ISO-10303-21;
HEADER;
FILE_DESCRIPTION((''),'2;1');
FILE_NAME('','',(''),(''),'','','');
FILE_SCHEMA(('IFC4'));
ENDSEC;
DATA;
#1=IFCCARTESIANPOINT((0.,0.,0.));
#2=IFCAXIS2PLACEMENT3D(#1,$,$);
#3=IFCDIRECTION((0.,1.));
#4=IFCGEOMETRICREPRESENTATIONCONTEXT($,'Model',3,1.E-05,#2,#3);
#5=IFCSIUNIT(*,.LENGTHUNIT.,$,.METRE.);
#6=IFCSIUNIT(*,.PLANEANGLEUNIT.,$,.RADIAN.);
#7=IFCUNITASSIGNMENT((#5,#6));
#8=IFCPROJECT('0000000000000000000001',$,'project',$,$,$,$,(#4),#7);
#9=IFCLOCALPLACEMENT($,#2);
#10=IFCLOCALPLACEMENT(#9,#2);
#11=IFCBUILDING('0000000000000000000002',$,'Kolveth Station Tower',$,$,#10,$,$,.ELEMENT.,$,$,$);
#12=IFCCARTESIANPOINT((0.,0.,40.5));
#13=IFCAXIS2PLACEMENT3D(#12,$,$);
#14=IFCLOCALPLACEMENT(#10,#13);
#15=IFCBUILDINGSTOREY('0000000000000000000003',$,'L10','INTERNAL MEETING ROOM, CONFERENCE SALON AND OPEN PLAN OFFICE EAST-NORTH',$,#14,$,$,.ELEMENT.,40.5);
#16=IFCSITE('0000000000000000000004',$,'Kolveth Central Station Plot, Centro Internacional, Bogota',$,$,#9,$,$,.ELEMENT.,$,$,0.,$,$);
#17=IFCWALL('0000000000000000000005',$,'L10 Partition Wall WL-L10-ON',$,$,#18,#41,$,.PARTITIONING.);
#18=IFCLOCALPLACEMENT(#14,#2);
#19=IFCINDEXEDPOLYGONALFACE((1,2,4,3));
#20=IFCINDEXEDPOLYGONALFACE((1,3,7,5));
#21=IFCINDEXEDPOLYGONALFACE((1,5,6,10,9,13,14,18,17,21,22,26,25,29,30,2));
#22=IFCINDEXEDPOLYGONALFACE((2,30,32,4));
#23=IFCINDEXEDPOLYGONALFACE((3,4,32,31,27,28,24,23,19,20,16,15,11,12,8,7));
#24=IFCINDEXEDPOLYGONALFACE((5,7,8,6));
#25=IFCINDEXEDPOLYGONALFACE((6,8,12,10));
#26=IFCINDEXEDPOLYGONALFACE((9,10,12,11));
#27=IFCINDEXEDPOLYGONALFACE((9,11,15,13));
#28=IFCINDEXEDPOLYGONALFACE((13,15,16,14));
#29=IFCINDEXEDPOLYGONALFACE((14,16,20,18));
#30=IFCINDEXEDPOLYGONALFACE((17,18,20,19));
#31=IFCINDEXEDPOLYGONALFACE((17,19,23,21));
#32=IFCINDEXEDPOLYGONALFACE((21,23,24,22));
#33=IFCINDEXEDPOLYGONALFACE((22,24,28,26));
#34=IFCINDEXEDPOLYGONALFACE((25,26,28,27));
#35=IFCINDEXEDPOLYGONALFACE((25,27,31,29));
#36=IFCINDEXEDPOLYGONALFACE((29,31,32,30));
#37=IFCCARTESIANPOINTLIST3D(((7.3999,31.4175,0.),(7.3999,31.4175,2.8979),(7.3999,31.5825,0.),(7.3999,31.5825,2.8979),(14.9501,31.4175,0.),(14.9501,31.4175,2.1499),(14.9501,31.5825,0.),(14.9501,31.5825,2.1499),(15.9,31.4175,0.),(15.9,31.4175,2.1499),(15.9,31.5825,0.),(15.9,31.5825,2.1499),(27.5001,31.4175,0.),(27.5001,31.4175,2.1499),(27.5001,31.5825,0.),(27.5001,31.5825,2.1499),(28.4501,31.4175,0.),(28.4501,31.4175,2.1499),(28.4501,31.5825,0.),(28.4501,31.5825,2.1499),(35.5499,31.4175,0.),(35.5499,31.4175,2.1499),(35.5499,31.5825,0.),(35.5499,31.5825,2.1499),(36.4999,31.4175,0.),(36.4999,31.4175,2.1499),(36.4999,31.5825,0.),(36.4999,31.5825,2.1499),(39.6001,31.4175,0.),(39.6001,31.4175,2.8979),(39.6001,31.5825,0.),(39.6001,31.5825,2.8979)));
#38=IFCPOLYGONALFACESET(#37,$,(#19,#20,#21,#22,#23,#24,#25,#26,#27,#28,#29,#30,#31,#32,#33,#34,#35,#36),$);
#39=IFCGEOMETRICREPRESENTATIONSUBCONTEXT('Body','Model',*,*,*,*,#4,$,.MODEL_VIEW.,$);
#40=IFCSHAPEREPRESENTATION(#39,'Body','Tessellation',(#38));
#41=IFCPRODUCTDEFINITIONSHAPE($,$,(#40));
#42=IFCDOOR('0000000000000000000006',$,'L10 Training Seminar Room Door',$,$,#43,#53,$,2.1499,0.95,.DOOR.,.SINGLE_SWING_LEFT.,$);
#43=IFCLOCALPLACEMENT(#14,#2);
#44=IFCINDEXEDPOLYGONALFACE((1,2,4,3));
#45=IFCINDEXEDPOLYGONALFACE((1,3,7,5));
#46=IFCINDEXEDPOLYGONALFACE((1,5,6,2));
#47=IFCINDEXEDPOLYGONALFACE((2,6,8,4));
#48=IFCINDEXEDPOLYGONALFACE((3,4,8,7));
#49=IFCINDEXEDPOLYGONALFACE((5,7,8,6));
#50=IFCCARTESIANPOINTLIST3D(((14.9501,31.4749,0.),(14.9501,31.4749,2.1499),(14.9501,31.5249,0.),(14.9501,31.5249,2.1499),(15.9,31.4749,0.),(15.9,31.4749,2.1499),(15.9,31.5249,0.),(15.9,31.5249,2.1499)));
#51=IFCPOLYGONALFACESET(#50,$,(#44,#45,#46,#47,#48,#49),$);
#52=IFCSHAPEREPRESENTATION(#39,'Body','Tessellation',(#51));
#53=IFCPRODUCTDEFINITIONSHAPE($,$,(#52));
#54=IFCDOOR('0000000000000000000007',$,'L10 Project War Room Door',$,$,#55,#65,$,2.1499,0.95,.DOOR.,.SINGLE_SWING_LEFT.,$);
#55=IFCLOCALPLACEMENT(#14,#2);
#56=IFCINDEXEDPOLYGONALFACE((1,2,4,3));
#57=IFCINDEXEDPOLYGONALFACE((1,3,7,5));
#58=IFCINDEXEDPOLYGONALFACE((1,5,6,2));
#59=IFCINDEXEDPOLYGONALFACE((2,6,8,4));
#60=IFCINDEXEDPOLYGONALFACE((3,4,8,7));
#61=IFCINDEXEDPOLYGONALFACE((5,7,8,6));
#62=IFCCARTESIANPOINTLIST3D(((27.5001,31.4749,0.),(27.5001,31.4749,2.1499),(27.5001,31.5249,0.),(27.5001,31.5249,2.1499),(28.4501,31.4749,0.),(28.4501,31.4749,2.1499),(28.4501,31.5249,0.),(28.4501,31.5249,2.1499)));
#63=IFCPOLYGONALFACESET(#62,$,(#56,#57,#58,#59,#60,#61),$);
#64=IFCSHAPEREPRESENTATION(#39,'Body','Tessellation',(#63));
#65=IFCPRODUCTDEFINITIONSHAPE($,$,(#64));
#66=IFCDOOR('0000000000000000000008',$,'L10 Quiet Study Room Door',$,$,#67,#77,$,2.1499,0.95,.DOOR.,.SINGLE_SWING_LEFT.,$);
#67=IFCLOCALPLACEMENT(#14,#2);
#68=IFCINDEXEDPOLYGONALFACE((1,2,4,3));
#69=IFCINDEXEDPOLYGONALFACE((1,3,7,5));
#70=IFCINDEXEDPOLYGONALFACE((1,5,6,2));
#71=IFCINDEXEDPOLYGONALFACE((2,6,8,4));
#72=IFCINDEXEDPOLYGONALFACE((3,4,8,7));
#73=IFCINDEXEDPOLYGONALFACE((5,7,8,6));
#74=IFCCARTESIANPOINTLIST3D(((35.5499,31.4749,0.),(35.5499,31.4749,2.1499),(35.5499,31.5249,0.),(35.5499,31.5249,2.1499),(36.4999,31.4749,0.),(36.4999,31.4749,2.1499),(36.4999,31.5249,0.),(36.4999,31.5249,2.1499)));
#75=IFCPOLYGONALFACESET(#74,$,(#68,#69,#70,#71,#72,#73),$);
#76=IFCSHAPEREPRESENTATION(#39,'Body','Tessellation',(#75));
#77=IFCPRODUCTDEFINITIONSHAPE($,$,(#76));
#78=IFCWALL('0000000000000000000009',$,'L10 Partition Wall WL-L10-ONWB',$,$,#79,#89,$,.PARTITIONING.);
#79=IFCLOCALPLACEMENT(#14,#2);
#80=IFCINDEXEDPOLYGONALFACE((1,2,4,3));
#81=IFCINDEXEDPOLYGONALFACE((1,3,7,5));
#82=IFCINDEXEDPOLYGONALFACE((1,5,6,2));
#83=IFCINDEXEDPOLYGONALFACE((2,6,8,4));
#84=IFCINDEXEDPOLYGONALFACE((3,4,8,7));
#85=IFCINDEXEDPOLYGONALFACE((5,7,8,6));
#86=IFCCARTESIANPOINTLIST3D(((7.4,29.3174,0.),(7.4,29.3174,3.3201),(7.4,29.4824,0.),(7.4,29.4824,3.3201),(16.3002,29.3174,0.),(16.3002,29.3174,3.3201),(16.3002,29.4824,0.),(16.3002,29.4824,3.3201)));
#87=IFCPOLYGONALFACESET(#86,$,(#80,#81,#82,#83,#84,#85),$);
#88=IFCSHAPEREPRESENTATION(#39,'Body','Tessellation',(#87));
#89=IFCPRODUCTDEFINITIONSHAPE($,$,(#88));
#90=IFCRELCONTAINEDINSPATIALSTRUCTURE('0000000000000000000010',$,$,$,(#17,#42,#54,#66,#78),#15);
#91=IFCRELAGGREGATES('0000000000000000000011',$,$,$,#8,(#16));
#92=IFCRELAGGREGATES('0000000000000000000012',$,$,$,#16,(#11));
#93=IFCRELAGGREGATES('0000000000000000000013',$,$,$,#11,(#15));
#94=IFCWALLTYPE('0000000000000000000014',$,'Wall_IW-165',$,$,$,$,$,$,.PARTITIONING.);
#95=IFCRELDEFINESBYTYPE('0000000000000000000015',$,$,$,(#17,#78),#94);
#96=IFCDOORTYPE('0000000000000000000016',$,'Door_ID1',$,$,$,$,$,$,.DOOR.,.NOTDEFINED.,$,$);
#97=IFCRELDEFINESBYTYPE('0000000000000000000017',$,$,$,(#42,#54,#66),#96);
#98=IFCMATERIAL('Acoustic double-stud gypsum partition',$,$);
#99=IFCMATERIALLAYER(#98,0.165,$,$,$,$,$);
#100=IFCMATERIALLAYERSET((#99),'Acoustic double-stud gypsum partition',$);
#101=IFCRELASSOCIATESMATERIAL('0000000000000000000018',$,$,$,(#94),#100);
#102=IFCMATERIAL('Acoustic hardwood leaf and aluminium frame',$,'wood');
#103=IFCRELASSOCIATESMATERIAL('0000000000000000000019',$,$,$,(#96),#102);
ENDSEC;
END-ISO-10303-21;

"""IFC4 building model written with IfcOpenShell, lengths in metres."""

from ifc_helpers import new_model, si_unit, direction, frame, frame_2d, origin, place, context, subcontext, project, spatial, rectangle, extrude, material, layer, layer_set, type_object, element, fill, save


model = new_model("IFC4")

# Units and contexts
model_context = context("Model", 3, precision=1e-05, world=origin(), true_north=direction((0.0, 1.0)))
body_context = subcontext(model_context, "Body", "Model", "MODEL_VIEW")
ifc_project = project(units=[si_unit("LENGTHUNIT", "METRE"), si_unit("PLANEANGLEUNIT", "RADIAN")], contexts=[model_context])

# Site, building, storey
site_placement = place(None, origin())
site = spatial("IfcSite", under=ifc_project, at=site_placement, Name="Kolveth Central Station Plot, Centro Internacional, Bogota", CompositionType="ELEMENT", RefElevation=0.0)
building_placement = place(site_placement, origin())
building = spatial("IfcBuilding", under=site, at=building_placement, Name="Kolveth Station Tower", CompositionType="ELEMENT")
storey_placement = place(building_placement, frame((0.0, 0.0, 40.5)))
storey = spatial("IfcBuildingStorey", under=building, at=storey_placement, Name="L10", Description="INTERNAL MEETING ROOM, CONFERENCE SALON AND OPEN PLAN OFFICE EAST-NORTH", CompositionType="ELEMENT", Elevation=40.5)

# Wall, openings, doors
ifc_material_1 = material(Name="Acoustic double-stud gypsum partition")
ifc_layer_1 = layer(ifc_material_1, 0.165)
ifc_layer_set_1 = layer_set([ifc_layer_1], Name="Acoustic double-stud gypsum partition")
wall_type = type_object("IfcWallType", Name="Wall_IW-165", PredefinedType="PARTITIONING", material=ifc_layer_set_1)
wall_1_placement = place(storey_placement, frame((7.3999, 31.5, 0.0), z_axis=(0.0, 0.0, 1.0), x_axis=(1.0, 0.0, 0.0)))
wall_1 = element("IfcWall", 1, at=wall_1_placement, inside=storey, type_object=wall_type, Name="L10 Partition Wall WL-L10-ON", PredefinedType="PARTITIONING", context=body_context, shape_type="SweptSolid", body=[
    extrude(rectangle(XDim=32.2002, YDim=0.165, at=frame_2d((16.1001, 0.0))), origin(), (0.0, 0.0, 1.0), 2.8979),
])
opening_1_placement = place(wall_1_placement, frame((7.55, 0.0, 0.0)))
opening_1 = element("IfcOpeningElement", 2, at=opening_1_placement, cuts=wall_1, PredefinedType="OPENING", context=body_context, shape_type="SweptSolid", body=[
    extrude(rectangle(XDim=0.95, YDim=2.1499, at=frame_2d((0.4751, 1.075))), frame((0.0, 0.0925, 0.0), z_axis=(0.0, -1.0, 0.0), x_axis=(1.0, 0.0, 0.0)), (0.0, 0.0, 1.0), 0.1851),
])
opening_2_placement = place(wall_1_placement, frame((20.1001, 0.0, 0.0)))
opening_2 = element("IfcOpeningElement", 3, at=opening_2_placement, cuts=wall_1, PredefinedType="OPENING", context=body_context, shape_type="SweptSolid", body=[
    extrude(rectangle(XDim=0.95, YDim=2.1499, at=frame_2d((0.4751, 1.075))), frame((0.0, 0.0925, 0.0), z_axis=(0.0, -1.0, 0.0), x_axis=(1.0, 0.0, 0.0)), (0.0, 0.0, 1.0), 0.1851),
])
opening_3_placement = place(wall_1_placement, frame((28.1499, 0.0, 0.0)))
opening_3 = element("IfcOpeningElement", 4, at=opening_3_placement, cuts=wall_1, PredefinedType="OPENING", context=body_context, shape_type="SweptSolid", body=[
    extrude(rectangle(XDim=0.95, YDim=2.1499, at=frame_2d((0.4751, 1.075))), frame((0.0, 0.0925, 0.0), z_axis=(0.0, -1.0, 0.0), x_axis=(1.0, 0.0, 0.0)), (0.0, 0.0, 1.0), 0.1851),
])
ifc_material_2 = material(Name="Acoustic hardwood leaf and aluminium frame", Category="wood")
door_type = type_object("IfcDoorType", Name="Door_ID1", OperationType="NOTDEFINED", PredefinedType="DOOR", material=ifc_material_2)
door_1_placement = place(opening_1_placement, origin())
door_1 = element("IfcDoor", 5, at=door_1_placement, inside=storey, type_object=door_type, Name="L10 Training Seminar Room Door", OperationType="SINGLE_SWING_LEFT", OverallHeight=2.1499, OverallWidth=0.95, PredefinedType="DOOR", context=body_context, shape_type="SweptSolid", body=[
    extrude(rectangle(XDim=0.95, YDim=2.1499, at=frame_2d((0.4751, 1.075))), frame((0.0, 0.0249, 0.0), z_axis=(0.0, -1.0, 0.0), x_axis=(1.0, 0.0, 0.0)), (0.0, 0.0, 1.0), 0.05),
])
fill(opening_1, door_1)
door_2_placement = place(opening_2_placement, origin())
door_2 = element("IfcDoor", 6, at=door_2_placement, inside=storey, type_object=door_type, Name="L10 Project War Room Door", OperationType="SINGLE_SWING_LEFT", OverallHeight=2.1499, OverallWidth=0.95, PredefinedType="DOOR", context=body_context, shape_type="SweptSolid", body=[
    extrude(rectangle(XDim=0.95, YDim=2.1499, at=frame_2d((0.4751, 1.075))), frame((0.0, 0.0249, 0.0), z_axis=(0.0, -1.0, 0.0), x_axis=(1.0, 0.0, 0.0)), (0.0, 0.0, 1.0), 0.05),
])
fill(opening_2, door_2)
door_3_placement = place(opening_3_placement, origin())
door_3 = element("IfcDoor", 7, at=door_3_placement, inside=storey, type_object=door_type, Name="L10 Quiet Study Room Door", OperationType="SINGLE_SWING_LEFT", OverallHeight=2.1499, OverallWidth=0.95, PredefinedType="DOOR", context=body_context, shape_type="SweptSolid", body=[
    extrude(rectangle(XDim=0.95, YDim=2.1499, at=frame_2d((0.4751, 1.075))), frame((0.0, 0.0249, 0.0), z_axis=(0.0, -1.0, 0.0), x_axis=(1.0, 0.0, 0.0)), (0.0, 0.0, 1.0), 0.05),
])
fill(opening_3, door_3)

# Wall
wall_2_placement = place(storey_placement, frame((7.3999, 29.3999, 0.0), z_axis=(0.0, 0.0, 1.0), x_axis=(1.0, 0.0, 0.0)))
element("IfcWall", 8, at=wall_2_placement, inside=storey, type_object=wall_type, Name="L10 Partition Wall WL-L10-ONWB", PredefinedType="PARTITIONING", context=body_context, shape_type="SweptSolid", body=[
    extrude(rectangle(XDim=8.9001, YDim=0.165, at=frame_2d((4.4502, 0.0))), origin(), (0.0, 0.0, 1.0), 3.3201),
])

save(model, "model.ifc")
